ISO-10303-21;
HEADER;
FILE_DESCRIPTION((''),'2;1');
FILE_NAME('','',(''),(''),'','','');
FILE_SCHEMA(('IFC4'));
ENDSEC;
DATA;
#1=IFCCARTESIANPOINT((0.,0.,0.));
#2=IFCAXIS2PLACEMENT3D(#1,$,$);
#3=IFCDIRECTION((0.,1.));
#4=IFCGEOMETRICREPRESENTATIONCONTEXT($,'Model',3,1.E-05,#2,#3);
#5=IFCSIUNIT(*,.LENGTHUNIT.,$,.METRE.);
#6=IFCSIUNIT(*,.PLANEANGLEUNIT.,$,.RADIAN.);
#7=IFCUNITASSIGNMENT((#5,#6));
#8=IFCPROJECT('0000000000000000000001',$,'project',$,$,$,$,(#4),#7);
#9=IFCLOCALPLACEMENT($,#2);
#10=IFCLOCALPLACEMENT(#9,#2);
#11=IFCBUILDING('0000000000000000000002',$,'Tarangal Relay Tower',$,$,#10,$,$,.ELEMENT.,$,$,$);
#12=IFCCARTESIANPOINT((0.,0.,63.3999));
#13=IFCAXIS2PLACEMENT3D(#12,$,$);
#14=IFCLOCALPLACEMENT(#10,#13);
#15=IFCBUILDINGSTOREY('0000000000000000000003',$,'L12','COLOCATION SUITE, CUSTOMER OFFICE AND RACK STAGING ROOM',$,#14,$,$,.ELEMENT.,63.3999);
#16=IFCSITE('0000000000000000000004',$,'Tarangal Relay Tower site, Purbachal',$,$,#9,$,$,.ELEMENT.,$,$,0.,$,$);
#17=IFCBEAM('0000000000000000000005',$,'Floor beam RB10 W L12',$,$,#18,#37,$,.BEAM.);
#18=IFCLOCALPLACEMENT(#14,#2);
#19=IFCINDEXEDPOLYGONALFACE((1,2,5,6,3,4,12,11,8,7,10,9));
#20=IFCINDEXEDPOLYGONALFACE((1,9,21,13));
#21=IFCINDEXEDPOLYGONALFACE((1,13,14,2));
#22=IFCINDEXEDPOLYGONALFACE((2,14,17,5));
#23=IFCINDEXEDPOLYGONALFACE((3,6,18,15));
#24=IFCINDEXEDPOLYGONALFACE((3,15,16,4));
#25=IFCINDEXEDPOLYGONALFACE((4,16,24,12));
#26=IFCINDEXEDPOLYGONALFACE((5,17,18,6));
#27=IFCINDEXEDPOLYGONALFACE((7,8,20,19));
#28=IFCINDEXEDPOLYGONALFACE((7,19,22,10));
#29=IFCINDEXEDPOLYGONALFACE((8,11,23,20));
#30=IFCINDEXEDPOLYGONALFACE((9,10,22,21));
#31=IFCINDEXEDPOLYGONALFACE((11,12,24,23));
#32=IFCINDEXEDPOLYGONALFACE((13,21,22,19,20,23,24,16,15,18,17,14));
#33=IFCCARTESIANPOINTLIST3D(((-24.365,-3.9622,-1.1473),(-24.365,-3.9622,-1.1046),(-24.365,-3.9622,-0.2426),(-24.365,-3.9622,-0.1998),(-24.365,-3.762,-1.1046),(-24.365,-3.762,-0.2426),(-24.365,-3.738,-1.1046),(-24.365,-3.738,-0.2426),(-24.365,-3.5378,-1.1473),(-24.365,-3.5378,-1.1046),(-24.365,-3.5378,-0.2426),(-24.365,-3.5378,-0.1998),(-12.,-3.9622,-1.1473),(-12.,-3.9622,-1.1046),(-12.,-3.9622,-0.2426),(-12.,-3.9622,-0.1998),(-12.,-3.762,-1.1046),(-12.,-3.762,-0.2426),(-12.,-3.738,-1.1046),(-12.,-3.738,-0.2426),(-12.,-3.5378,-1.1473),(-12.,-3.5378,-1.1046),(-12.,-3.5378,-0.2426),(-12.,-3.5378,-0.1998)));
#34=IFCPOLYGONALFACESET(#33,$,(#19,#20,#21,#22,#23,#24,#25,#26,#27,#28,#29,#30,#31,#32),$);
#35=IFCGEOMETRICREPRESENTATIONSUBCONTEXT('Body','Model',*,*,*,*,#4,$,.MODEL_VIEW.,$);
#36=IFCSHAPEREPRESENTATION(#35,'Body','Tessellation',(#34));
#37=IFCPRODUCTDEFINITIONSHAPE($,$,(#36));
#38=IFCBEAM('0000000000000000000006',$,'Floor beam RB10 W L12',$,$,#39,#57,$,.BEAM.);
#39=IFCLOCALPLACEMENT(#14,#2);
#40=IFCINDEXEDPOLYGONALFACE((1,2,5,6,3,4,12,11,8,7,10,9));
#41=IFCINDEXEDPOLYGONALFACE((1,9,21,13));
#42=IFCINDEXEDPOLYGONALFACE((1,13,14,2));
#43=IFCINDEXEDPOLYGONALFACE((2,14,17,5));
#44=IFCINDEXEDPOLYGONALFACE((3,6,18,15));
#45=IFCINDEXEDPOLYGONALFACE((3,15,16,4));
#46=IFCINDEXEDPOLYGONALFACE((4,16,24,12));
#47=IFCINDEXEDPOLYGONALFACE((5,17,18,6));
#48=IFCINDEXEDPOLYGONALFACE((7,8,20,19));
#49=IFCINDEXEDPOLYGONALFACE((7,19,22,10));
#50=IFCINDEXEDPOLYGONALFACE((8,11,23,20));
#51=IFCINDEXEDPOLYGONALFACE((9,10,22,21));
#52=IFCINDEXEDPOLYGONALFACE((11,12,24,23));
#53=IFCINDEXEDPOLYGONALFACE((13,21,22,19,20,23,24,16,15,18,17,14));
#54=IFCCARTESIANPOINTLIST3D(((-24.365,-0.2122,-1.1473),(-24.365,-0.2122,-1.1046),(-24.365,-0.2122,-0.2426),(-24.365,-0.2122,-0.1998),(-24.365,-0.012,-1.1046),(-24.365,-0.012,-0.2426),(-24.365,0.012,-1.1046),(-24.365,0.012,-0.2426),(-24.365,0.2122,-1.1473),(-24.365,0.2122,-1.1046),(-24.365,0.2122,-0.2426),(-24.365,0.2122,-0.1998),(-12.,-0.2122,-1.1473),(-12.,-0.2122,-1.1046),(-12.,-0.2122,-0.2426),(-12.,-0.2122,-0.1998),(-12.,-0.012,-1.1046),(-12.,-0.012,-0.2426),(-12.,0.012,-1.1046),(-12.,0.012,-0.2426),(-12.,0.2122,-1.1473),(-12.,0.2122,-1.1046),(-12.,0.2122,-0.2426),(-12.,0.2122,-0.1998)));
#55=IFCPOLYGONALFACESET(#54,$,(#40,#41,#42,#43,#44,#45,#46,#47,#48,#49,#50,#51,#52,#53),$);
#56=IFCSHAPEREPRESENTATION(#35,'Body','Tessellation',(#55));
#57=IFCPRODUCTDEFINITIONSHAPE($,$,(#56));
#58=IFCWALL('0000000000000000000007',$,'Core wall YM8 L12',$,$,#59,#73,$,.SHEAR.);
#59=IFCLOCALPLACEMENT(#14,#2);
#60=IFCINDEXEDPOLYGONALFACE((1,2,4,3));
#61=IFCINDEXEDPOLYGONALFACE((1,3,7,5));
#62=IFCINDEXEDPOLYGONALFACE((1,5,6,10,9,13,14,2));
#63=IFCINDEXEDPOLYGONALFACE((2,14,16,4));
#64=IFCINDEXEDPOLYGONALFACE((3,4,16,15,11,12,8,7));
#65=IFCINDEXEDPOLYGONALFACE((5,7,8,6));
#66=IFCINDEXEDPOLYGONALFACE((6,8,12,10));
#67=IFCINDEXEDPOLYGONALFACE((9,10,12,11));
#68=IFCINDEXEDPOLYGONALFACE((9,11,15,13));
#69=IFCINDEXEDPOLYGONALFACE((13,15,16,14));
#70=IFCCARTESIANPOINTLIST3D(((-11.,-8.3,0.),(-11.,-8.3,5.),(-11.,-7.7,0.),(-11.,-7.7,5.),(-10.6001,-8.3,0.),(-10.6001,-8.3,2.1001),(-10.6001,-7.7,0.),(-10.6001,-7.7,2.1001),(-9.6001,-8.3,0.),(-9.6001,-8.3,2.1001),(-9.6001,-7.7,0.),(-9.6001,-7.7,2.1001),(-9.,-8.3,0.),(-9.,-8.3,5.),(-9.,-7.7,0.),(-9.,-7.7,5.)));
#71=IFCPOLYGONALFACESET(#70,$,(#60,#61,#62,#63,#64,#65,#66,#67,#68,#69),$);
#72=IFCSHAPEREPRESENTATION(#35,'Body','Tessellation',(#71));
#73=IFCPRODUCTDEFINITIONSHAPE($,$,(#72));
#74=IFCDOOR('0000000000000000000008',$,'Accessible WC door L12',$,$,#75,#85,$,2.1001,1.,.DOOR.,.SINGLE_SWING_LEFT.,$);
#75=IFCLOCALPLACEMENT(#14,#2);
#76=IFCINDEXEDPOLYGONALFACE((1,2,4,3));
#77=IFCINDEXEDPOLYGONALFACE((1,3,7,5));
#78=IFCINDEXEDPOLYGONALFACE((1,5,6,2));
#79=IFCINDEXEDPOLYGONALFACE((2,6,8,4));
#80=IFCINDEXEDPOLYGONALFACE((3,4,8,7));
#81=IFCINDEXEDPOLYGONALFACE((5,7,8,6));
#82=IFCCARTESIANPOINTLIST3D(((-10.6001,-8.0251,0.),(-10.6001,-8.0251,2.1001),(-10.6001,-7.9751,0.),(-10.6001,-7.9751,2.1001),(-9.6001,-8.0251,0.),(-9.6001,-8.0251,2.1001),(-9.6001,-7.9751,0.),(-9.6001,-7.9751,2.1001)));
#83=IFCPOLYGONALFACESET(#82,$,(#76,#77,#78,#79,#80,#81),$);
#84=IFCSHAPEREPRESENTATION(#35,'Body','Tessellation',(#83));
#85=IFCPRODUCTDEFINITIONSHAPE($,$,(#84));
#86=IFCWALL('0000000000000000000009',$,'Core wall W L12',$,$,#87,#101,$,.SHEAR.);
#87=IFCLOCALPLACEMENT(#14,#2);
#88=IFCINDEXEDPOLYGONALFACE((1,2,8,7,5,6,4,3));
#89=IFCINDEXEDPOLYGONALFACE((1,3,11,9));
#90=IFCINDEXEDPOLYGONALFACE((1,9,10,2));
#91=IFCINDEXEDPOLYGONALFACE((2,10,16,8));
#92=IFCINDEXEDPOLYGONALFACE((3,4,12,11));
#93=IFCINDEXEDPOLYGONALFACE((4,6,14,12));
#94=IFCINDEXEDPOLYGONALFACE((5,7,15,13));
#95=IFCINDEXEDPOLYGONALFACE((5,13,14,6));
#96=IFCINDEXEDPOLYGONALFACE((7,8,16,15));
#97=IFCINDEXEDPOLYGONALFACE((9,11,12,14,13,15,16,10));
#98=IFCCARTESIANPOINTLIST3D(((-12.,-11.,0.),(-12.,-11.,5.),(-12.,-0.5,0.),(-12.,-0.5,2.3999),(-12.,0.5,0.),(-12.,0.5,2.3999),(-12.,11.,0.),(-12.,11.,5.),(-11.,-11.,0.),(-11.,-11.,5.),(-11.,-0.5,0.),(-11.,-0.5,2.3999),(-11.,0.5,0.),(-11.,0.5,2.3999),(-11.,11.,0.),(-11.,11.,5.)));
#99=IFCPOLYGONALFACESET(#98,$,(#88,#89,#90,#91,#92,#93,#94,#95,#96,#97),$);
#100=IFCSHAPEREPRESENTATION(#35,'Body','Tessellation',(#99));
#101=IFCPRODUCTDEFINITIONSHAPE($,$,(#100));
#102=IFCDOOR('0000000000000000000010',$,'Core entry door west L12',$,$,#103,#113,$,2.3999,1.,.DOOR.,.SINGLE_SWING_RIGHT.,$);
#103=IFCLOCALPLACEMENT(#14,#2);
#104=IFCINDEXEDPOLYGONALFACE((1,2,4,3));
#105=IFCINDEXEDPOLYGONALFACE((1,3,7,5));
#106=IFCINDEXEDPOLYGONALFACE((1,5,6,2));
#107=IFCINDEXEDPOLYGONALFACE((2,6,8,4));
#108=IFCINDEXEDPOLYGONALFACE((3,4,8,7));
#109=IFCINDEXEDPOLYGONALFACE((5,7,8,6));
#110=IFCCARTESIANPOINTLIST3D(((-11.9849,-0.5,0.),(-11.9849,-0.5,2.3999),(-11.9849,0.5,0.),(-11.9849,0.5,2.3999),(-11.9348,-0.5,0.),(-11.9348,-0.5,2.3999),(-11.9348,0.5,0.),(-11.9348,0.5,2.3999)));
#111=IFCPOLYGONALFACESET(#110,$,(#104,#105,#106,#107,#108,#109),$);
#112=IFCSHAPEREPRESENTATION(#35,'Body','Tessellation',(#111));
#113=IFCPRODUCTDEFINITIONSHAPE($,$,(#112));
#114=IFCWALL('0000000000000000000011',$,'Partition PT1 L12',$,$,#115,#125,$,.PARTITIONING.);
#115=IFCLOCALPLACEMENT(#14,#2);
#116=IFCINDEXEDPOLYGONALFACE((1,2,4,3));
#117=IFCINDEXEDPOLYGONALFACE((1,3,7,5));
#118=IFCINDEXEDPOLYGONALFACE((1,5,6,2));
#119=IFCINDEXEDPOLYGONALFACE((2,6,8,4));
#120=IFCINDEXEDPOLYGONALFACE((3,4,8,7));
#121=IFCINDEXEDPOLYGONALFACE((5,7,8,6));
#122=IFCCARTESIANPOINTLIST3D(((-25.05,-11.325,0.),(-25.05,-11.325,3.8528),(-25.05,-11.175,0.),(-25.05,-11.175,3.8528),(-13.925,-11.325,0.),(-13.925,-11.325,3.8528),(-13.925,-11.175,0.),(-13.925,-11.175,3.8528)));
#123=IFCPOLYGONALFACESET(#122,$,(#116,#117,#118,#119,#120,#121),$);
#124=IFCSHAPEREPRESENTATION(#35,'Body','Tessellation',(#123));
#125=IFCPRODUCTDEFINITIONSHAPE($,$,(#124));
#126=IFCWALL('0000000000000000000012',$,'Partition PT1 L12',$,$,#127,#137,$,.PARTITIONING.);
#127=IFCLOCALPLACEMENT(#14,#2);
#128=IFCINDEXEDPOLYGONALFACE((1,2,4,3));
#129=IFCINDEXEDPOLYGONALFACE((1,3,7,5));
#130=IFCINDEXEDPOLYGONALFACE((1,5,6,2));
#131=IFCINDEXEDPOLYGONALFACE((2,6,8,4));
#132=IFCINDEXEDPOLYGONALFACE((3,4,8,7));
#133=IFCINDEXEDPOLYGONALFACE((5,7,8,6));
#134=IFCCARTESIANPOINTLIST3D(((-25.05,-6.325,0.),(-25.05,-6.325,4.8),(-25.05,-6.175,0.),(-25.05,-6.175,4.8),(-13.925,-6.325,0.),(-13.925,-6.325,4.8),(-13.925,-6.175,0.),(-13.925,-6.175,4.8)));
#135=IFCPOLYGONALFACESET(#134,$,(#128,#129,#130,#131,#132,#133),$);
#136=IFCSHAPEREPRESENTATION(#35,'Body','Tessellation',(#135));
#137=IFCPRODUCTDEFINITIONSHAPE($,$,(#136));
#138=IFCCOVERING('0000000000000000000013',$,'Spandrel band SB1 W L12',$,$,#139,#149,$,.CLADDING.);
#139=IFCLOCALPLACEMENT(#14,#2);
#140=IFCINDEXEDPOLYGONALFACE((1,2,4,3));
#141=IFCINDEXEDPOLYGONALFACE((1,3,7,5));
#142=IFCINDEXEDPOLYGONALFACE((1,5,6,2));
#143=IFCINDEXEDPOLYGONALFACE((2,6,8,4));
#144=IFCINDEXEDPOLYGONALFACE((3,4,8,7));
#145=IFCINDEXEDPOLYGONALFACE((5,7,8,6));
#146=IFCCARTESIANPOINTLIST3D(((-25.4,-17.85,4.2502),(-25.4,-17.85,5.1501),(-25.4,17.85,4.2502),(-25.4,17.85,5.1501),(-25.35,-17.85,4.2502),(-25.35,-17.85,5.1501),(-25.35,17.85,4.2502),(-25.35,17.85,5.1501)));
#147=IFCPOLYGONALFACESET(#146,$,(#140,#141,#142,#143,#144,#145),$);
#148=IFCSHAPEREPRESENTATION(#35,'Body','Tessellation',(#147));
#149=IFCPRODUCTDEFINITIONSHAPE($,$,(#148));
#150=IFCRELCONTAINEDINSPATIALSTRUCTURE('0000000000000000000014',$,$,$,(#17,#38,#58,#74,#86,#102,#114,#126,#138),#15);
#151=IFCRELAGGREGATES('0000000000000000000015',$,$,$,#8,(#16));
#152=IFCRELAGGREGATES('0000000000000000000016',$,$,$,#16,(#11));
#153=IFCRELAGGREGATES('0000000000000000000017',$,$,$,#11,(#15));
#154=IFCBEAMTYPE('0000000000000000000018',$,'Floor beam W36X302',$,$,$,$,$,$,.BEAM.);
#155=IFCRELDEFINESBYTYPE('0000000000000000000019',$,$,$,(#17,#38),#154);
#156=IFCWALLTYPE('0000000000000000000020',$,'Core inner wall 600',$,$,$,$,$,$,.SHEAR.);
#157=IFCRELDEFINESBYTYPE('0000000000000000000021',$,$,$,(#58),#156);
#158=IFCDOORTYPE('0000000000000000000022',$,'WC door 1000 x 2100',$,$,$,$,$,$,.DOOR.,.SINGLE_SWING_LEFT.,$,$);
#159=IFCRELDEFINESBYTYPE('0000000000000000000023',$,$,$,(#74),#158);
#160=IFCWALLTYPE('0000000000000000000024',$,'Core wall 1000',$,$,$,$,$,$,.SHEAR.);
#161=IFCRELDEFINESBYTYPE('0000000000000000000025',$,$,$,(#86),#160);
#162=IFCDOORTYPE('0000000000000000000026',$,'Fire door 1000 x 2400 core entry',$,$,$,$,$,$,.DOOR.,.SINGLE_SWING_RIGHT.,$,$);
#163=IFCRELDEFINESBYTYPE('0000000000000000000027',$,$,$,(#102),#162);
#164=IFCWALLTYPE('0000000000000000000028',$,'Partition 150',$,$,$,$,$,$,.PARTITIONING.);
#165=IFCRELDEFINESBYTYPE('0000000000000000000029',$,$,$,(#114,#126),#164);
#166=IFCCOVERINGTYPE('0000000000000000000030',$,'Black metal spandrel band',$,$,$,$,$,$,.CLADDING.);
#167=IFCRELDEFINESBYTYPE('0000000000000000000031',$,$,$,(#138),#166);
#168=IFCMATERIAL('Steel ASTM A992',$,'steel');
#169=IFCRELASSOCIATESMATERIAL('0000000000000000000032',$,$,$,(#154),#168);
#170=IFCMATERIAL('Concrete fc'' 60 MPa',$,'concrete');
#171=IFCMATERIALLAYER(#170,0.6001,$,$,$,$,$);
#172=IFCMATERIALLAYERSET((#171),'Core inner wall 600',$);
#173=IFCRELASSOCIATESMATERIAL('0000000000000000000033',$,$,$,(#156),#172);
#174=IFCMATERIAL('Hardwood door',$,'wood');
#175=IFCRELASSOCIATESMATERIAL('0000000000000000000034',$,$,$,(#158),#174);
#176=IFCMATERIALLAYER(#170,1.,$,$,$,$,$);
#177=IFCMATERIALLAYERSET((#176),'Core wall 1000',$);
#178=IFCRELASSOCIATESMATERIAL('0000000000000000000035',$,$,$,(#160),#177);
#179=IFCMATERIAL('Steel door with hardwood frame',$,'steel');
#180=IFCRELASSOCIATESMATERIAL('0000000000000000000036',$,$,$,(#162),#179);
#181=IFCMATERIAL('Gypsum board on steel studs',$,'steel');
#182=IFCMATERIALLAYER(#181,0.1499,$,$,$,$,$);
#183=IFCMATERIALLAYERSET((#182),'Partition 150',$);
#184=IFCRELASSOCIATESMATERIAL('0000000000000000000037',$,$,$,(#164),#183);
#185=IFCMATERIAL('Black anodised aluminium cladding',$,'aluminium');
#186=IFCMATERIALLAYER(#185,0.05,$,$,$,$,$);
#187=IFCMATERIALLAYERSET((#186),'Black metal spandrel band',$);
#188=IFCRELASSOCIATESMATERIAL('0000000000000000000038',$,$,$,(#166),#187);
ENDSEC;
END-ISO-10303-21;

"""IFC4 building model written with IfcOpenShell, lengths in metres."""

from ifc_helpers import new_model, si_unit, direction, frame, frame_2d, origin, origin_2d, place, context, subcontext, project, spatial, rectangle, i_section, extrude, material, layer, layer_set, material_profile, profile_set, type_object, element, fill, save


model = new_model("IFC4")

# Units and contexts
model_context = context("Model", 3, precision=1e-05, world=origin(), true_north=direction((0.0, 1.0)))
body_context = subcontext(model_context, "Body", "Model", "MODEL_VIEW")
ifc_project = project(units=[si_unit("LENGTHUNIT", "METRE"), si_unit("PLANEANGLEUNIT", "RADIAN")], contexts=[model_context])

# Site, building, storey
site_placement = place(None, origin())
site = spatial("IfcSite", under=ifc_project, at=site_placement, Name="Tarangal Relay Tower site, Purbachal", CompositionType="ELEMENT", RefElevation=0.0)
building_placement = place(site_placement, origin())
building = spatial("IfcBuilding", under=site, at=building_placement, Name="Tarangal Relay Tower", CompositionType="ELEMENT")
storey_placement = place(building_placement, frame((0.0, 0.0, 63.3999)))
storey = spatial("IfcBuildingStorey", under=building, at=storey_placement, Name="L12", Description="COLOCATION SUITE, CUSTOMER OFFICE AND RACK STAGING ROOM", CompositionType="ELEMENT", Elevation=63.3999)

# Beams
ifc_material_1 = material(Name="Steel ASTM A992", Category="steel")
ifc_material_profile_1 = material_profile(ifc_material_1, i_section(OverallWidth=0.4243, OverallDepth=0.9475, WebThickness=0.0239, FlangeThickness=0.0427, at=origin_2d()), Name="W36X302")
ifc_profile_set_1 = profile_set([ifc_material_profile_1], Name="Steel ASTM A992")
beam_type_1 = type_object("IfcBeamType", Name="Floor beam W36X302", PredefinedType="BEAM", material=ifc_profile_set_1)
for number, where, z_axis, x_axis, name in (
    (1, (-12.0, -3.75, -0.6736), (-1.0, 0.0, 0.0), (0.0, -1.0, 0.0), "Floor beam RB10 W L12"),
    (2, (-12.0, 0.0, -0.6736), (-1.0, 0.0, 0.0), (0.0, -1.0, 0.0), "Floor beam RB10 W L12"),
):
    element("IfcBeam", number, at=place(storey_placement, frame(where, z_axis=z_axis, x_axis=x_axis)), inside=storey, type_object=beam_type_1, Name=name, PredefinedType="BEAM", context=body_context, shape_type="SweptSolid", body=[
        extrude(i_section(OverallWidth=0.4243, OverallDepth=0.9475, WebThickness=0.0239, FlangeThickness=0.0427, at=origin_2d()), origin(), (0.0, 0.0, 1.0), 12.365),
    ])

# Walls, openings, doors
ifc_material_2 = material(Name="Concrete fc' 60 MPa", Category="concrete")
ifc_layer_1 = layer(ifc_material_2, 0.6001)
ifc_layer_set_1 = layer_set([ifc_layer_1], Name="Core inner wall 600")
wall_type_1 = type_object("IfcWallType", Name="Core inner wall 600", PredefinedType="SHEAR", material=ifc_layer_set_1)
wall_1_placement = place(storey_placement, frame((-11.0, -8.0, 0.0), z_axis=(0.0, 0.0, 1.0), x_axis=(1.0, 0.0, 0.0)))
wall_1 = element("IfcWall", 3, at=wall_1_placement, inside=storey, type_object=wall_type_1, Name="Core wall YM8 L12", PredefinedType="SHEAR", context=body_context, shape_type="SweptSolid", body=[
    extrude(rectangle(XDim=2.0, YDim=0.6001, at=frame_2d((1.0, 0.0))), origin(), (0.0, 0.0, 1.0), 5.0),
])
opening_1_placement = place(wall_1_placement, frame((0.3999, 0.0, 0.0)))
opening_1 = element("IfcOpeningElement", 4, at=opening_1_placement, cuts=wall_1, PredefinedType="OPENING", context=body_context, shape_type="SweptSolid", body=[
    extrude(rectangle(XDim=1.0, YDim=2.1001, at=frame_2d((0.5, 1.05))), frame((0.0, 0.3101, 0.0), z_axis=(0.0, -1.0, 0.0), x_axis=(1.0, 0.0, 0.0)), (0.0, 0.0, 1.0), 0.6201),
])
ifc_material_3 = material(Name="Hardwood door", Category="wood")
door_type_1 = type_object("IfcDoorType", Name="WC door 1000 x 2100", OperationType="SINGLE_SWING_LEFT", PredefinedType="DOOR", material=ifc_material_3)
door_1_placement = place(opening_1_placement, origin())
door_1 = element("IfcDoor", 5, at=door_1_placement, inside=storey, type_object=door_type_1, Name="Accessible WC door L12", OperationType="SINGLE_SWING_LEFT", OverallHeight=2.1001, OverallWidth=1.0, PredefinedType="DOOR", context=body_context, shape_type="SweptSolid", body=[
    extrude(rectangle(XDim=1.0, YDim=2.1001, at=frame_2d((0.5, 1.05))), frame((0.0, 0.0249, 0.0), z_axis=(0.0, -1.0, 0.0), x_axis=(1.0, 0.0, 0.0)), (0.0, 0.0, 1.0), 0.05),
])
fill(opening_1, door_1)
ifc_layer_2 = layer(ifc_material_2, 1.0)
ifc_layer_set_2 = layer_set([ifc_layer_2], Name="Core wall 1000")
wall_type_2 = type_object("IfcWallType", Name="Core wall 1000", PredefinedType="SHEAR", material=ifc_layer_set_2)
wall_2_placement = place(storey_placement, frame((-11.5, -11.0, 0.0), z_axis=(0.0, 0.0, 1.0), x_axis=(0.0, 1.0, 0.0)))
wall_2 = element("IfcWall", 6, at=wall_2_placement, inside=storey, type_object=wall_type_2, Name="Core wall W L12", PredefinedType="SHEAR", context=body_context, shape_type="SweptSolid", body=[
    extrude(rectangle(XDim=22.0, YDim=1.0, at=frame_2d((11.0, 0.0))), origin(), (0.0, 0.0, 1.0), 5.0),
])
opening_2_placement = place(wall_2_placement, frame((10.5, 0.0, 0.0)))
opening_2 = element("IfcOpeningElement", 7, at=opening_2_placement, cuts=wall_2, PredefinedType="OPENING", context=body_context, shape_type="SweptSolid", body=[
    extrude(rectangle(XDim=1.0, YDim=2.3999, at=frame_2d((0.5, 1.2))), frame((0.0, 0.51, 0.0), z_axis=(0.0, -1.0, 0.0), x_axis=(1.0, 0.0, 0.0)), (0.0, 0.0, 1.0), 1.02),
])
ifc_material_4 = material(Name="Steel door with hardwood frame", Category="steel")
door_type_2 = type_object("IfcDoorType", Name="Fire door 1000 x 2400 core entry", OperationType="SINGLE_SWING_RIGHT", PredefinedType="DOOR", material=ifc_material_4)
door_2_placement = place(opening_2_placement, origin())
door_2 = element("IfcDoor", 8, at=door_2_placement, inside=storey, type_object=door_type_2, Name="Core entry door west L12", OperationType="SINGLE_SWING_RIGHT", OverallHeight=2.3999, OverallWidth=1.0, PredefinedType="DOOR", context=body_context, shape_type="SweptSolid", body=[
    extrude(rectangle(XDim=1.0, YDim=2.3999, at=frame_2d((0.5, 1.2))), frame((0.0, 0.4849, 0.0), z_axis=(0.0, -1.0, 0.0), x_axis=(1.0, 0.0, 0.0)), (0.0, 0.0, 1.0), 0.05),
])
fill(opening_2, door_2)

# Walls
ifc_material_5 = material(Name="Gypsum board on steel studs", Category="steel")
ifc_layer_3 = layer(ifc_material_5, 0.1499)
ifc_layer_set_3 = layer_set([ifc_layer_3], Name="Partition 150")
wall_type_3 = type_object("IfcWallType", Name="Partition 150", PredefinedType="PARTITIONING", material=ifc_layer_set_3)
wall_3_placement = place(storey_placement, frame((-25.05, -11.25, 0.0), z_axis=(0.0, 0.0, 1.0), x_axis=(1.0, 0.0, 0.0)))
element("IfcWall", 9, at=wall_3_placement, inside=storey, type_object=wall_type_3, Name="Partition PT1 L12", PredefinedType="PARTITIONING", context=body_context, shape_type="SweptSolid", body=[
    extrude(rectangle(XDim=11.125, YDim=0.1499, at=frame_2d((5.5625, 0.0))), origin(), (0.0, 0.0, 1.0), 3.8528),
])
wall_4_placement = place(storey_placement, frame((-25.05, -6.25, 0.0), z_axis=(0.0, 0.0, 1.0), x_axis=(1.0, 0.0, 0.0)))
element("IfcWall", 10, at=wall_4_placement, inside=storey, type_object=wall_type_3, Name="Partition PT1 L12", PredefinedType="PARTITIONING", context=body_context, shape_type="SweptSolid", body=[
    extrude(rectangle(XDim=11.125, YDim=0.1499, at=frame_2d((5.5625, 0.0))), origin(), (0.0, 0.0, 1.0), 4.8),
])

# Covering
ifc_material_6 = material(Name="Black anodised aluminium cladding", Category="aluminium")
ifc_layer_4 = layer(ifc_material_6, 0.05)
ifc_layer_set_4 = layer_set([ifc_layer_4], Name="Black metal spandrel band")
covering_type = type_object("IfcCoveringType", Name="Black metal spandrel band", PredefinedType="CLADDING", material=ifc_layer_set_4)
covering_placement = place(storey_placement, frame((-25.375, 0.0, 4.2502), z_axis=(0.0, 0.0, 1.0), x_axis=(0.0, 1.0, 0.0)))
element("IfcCovering", 11, at=covering_placement, inside=storey, type_object=covering_type, Name="Spandrel band SB1 W L12", PredefinedType="CLADDING", context=body_context, shape_type="SweptSolid", body=[
    extrude(rectangle(XDim=35.7, YDim=0.05, at=origin_2d()), origin(), (0.0, 0.0, 1.0), 0.8999),
])

save(model, "model.ifc")
